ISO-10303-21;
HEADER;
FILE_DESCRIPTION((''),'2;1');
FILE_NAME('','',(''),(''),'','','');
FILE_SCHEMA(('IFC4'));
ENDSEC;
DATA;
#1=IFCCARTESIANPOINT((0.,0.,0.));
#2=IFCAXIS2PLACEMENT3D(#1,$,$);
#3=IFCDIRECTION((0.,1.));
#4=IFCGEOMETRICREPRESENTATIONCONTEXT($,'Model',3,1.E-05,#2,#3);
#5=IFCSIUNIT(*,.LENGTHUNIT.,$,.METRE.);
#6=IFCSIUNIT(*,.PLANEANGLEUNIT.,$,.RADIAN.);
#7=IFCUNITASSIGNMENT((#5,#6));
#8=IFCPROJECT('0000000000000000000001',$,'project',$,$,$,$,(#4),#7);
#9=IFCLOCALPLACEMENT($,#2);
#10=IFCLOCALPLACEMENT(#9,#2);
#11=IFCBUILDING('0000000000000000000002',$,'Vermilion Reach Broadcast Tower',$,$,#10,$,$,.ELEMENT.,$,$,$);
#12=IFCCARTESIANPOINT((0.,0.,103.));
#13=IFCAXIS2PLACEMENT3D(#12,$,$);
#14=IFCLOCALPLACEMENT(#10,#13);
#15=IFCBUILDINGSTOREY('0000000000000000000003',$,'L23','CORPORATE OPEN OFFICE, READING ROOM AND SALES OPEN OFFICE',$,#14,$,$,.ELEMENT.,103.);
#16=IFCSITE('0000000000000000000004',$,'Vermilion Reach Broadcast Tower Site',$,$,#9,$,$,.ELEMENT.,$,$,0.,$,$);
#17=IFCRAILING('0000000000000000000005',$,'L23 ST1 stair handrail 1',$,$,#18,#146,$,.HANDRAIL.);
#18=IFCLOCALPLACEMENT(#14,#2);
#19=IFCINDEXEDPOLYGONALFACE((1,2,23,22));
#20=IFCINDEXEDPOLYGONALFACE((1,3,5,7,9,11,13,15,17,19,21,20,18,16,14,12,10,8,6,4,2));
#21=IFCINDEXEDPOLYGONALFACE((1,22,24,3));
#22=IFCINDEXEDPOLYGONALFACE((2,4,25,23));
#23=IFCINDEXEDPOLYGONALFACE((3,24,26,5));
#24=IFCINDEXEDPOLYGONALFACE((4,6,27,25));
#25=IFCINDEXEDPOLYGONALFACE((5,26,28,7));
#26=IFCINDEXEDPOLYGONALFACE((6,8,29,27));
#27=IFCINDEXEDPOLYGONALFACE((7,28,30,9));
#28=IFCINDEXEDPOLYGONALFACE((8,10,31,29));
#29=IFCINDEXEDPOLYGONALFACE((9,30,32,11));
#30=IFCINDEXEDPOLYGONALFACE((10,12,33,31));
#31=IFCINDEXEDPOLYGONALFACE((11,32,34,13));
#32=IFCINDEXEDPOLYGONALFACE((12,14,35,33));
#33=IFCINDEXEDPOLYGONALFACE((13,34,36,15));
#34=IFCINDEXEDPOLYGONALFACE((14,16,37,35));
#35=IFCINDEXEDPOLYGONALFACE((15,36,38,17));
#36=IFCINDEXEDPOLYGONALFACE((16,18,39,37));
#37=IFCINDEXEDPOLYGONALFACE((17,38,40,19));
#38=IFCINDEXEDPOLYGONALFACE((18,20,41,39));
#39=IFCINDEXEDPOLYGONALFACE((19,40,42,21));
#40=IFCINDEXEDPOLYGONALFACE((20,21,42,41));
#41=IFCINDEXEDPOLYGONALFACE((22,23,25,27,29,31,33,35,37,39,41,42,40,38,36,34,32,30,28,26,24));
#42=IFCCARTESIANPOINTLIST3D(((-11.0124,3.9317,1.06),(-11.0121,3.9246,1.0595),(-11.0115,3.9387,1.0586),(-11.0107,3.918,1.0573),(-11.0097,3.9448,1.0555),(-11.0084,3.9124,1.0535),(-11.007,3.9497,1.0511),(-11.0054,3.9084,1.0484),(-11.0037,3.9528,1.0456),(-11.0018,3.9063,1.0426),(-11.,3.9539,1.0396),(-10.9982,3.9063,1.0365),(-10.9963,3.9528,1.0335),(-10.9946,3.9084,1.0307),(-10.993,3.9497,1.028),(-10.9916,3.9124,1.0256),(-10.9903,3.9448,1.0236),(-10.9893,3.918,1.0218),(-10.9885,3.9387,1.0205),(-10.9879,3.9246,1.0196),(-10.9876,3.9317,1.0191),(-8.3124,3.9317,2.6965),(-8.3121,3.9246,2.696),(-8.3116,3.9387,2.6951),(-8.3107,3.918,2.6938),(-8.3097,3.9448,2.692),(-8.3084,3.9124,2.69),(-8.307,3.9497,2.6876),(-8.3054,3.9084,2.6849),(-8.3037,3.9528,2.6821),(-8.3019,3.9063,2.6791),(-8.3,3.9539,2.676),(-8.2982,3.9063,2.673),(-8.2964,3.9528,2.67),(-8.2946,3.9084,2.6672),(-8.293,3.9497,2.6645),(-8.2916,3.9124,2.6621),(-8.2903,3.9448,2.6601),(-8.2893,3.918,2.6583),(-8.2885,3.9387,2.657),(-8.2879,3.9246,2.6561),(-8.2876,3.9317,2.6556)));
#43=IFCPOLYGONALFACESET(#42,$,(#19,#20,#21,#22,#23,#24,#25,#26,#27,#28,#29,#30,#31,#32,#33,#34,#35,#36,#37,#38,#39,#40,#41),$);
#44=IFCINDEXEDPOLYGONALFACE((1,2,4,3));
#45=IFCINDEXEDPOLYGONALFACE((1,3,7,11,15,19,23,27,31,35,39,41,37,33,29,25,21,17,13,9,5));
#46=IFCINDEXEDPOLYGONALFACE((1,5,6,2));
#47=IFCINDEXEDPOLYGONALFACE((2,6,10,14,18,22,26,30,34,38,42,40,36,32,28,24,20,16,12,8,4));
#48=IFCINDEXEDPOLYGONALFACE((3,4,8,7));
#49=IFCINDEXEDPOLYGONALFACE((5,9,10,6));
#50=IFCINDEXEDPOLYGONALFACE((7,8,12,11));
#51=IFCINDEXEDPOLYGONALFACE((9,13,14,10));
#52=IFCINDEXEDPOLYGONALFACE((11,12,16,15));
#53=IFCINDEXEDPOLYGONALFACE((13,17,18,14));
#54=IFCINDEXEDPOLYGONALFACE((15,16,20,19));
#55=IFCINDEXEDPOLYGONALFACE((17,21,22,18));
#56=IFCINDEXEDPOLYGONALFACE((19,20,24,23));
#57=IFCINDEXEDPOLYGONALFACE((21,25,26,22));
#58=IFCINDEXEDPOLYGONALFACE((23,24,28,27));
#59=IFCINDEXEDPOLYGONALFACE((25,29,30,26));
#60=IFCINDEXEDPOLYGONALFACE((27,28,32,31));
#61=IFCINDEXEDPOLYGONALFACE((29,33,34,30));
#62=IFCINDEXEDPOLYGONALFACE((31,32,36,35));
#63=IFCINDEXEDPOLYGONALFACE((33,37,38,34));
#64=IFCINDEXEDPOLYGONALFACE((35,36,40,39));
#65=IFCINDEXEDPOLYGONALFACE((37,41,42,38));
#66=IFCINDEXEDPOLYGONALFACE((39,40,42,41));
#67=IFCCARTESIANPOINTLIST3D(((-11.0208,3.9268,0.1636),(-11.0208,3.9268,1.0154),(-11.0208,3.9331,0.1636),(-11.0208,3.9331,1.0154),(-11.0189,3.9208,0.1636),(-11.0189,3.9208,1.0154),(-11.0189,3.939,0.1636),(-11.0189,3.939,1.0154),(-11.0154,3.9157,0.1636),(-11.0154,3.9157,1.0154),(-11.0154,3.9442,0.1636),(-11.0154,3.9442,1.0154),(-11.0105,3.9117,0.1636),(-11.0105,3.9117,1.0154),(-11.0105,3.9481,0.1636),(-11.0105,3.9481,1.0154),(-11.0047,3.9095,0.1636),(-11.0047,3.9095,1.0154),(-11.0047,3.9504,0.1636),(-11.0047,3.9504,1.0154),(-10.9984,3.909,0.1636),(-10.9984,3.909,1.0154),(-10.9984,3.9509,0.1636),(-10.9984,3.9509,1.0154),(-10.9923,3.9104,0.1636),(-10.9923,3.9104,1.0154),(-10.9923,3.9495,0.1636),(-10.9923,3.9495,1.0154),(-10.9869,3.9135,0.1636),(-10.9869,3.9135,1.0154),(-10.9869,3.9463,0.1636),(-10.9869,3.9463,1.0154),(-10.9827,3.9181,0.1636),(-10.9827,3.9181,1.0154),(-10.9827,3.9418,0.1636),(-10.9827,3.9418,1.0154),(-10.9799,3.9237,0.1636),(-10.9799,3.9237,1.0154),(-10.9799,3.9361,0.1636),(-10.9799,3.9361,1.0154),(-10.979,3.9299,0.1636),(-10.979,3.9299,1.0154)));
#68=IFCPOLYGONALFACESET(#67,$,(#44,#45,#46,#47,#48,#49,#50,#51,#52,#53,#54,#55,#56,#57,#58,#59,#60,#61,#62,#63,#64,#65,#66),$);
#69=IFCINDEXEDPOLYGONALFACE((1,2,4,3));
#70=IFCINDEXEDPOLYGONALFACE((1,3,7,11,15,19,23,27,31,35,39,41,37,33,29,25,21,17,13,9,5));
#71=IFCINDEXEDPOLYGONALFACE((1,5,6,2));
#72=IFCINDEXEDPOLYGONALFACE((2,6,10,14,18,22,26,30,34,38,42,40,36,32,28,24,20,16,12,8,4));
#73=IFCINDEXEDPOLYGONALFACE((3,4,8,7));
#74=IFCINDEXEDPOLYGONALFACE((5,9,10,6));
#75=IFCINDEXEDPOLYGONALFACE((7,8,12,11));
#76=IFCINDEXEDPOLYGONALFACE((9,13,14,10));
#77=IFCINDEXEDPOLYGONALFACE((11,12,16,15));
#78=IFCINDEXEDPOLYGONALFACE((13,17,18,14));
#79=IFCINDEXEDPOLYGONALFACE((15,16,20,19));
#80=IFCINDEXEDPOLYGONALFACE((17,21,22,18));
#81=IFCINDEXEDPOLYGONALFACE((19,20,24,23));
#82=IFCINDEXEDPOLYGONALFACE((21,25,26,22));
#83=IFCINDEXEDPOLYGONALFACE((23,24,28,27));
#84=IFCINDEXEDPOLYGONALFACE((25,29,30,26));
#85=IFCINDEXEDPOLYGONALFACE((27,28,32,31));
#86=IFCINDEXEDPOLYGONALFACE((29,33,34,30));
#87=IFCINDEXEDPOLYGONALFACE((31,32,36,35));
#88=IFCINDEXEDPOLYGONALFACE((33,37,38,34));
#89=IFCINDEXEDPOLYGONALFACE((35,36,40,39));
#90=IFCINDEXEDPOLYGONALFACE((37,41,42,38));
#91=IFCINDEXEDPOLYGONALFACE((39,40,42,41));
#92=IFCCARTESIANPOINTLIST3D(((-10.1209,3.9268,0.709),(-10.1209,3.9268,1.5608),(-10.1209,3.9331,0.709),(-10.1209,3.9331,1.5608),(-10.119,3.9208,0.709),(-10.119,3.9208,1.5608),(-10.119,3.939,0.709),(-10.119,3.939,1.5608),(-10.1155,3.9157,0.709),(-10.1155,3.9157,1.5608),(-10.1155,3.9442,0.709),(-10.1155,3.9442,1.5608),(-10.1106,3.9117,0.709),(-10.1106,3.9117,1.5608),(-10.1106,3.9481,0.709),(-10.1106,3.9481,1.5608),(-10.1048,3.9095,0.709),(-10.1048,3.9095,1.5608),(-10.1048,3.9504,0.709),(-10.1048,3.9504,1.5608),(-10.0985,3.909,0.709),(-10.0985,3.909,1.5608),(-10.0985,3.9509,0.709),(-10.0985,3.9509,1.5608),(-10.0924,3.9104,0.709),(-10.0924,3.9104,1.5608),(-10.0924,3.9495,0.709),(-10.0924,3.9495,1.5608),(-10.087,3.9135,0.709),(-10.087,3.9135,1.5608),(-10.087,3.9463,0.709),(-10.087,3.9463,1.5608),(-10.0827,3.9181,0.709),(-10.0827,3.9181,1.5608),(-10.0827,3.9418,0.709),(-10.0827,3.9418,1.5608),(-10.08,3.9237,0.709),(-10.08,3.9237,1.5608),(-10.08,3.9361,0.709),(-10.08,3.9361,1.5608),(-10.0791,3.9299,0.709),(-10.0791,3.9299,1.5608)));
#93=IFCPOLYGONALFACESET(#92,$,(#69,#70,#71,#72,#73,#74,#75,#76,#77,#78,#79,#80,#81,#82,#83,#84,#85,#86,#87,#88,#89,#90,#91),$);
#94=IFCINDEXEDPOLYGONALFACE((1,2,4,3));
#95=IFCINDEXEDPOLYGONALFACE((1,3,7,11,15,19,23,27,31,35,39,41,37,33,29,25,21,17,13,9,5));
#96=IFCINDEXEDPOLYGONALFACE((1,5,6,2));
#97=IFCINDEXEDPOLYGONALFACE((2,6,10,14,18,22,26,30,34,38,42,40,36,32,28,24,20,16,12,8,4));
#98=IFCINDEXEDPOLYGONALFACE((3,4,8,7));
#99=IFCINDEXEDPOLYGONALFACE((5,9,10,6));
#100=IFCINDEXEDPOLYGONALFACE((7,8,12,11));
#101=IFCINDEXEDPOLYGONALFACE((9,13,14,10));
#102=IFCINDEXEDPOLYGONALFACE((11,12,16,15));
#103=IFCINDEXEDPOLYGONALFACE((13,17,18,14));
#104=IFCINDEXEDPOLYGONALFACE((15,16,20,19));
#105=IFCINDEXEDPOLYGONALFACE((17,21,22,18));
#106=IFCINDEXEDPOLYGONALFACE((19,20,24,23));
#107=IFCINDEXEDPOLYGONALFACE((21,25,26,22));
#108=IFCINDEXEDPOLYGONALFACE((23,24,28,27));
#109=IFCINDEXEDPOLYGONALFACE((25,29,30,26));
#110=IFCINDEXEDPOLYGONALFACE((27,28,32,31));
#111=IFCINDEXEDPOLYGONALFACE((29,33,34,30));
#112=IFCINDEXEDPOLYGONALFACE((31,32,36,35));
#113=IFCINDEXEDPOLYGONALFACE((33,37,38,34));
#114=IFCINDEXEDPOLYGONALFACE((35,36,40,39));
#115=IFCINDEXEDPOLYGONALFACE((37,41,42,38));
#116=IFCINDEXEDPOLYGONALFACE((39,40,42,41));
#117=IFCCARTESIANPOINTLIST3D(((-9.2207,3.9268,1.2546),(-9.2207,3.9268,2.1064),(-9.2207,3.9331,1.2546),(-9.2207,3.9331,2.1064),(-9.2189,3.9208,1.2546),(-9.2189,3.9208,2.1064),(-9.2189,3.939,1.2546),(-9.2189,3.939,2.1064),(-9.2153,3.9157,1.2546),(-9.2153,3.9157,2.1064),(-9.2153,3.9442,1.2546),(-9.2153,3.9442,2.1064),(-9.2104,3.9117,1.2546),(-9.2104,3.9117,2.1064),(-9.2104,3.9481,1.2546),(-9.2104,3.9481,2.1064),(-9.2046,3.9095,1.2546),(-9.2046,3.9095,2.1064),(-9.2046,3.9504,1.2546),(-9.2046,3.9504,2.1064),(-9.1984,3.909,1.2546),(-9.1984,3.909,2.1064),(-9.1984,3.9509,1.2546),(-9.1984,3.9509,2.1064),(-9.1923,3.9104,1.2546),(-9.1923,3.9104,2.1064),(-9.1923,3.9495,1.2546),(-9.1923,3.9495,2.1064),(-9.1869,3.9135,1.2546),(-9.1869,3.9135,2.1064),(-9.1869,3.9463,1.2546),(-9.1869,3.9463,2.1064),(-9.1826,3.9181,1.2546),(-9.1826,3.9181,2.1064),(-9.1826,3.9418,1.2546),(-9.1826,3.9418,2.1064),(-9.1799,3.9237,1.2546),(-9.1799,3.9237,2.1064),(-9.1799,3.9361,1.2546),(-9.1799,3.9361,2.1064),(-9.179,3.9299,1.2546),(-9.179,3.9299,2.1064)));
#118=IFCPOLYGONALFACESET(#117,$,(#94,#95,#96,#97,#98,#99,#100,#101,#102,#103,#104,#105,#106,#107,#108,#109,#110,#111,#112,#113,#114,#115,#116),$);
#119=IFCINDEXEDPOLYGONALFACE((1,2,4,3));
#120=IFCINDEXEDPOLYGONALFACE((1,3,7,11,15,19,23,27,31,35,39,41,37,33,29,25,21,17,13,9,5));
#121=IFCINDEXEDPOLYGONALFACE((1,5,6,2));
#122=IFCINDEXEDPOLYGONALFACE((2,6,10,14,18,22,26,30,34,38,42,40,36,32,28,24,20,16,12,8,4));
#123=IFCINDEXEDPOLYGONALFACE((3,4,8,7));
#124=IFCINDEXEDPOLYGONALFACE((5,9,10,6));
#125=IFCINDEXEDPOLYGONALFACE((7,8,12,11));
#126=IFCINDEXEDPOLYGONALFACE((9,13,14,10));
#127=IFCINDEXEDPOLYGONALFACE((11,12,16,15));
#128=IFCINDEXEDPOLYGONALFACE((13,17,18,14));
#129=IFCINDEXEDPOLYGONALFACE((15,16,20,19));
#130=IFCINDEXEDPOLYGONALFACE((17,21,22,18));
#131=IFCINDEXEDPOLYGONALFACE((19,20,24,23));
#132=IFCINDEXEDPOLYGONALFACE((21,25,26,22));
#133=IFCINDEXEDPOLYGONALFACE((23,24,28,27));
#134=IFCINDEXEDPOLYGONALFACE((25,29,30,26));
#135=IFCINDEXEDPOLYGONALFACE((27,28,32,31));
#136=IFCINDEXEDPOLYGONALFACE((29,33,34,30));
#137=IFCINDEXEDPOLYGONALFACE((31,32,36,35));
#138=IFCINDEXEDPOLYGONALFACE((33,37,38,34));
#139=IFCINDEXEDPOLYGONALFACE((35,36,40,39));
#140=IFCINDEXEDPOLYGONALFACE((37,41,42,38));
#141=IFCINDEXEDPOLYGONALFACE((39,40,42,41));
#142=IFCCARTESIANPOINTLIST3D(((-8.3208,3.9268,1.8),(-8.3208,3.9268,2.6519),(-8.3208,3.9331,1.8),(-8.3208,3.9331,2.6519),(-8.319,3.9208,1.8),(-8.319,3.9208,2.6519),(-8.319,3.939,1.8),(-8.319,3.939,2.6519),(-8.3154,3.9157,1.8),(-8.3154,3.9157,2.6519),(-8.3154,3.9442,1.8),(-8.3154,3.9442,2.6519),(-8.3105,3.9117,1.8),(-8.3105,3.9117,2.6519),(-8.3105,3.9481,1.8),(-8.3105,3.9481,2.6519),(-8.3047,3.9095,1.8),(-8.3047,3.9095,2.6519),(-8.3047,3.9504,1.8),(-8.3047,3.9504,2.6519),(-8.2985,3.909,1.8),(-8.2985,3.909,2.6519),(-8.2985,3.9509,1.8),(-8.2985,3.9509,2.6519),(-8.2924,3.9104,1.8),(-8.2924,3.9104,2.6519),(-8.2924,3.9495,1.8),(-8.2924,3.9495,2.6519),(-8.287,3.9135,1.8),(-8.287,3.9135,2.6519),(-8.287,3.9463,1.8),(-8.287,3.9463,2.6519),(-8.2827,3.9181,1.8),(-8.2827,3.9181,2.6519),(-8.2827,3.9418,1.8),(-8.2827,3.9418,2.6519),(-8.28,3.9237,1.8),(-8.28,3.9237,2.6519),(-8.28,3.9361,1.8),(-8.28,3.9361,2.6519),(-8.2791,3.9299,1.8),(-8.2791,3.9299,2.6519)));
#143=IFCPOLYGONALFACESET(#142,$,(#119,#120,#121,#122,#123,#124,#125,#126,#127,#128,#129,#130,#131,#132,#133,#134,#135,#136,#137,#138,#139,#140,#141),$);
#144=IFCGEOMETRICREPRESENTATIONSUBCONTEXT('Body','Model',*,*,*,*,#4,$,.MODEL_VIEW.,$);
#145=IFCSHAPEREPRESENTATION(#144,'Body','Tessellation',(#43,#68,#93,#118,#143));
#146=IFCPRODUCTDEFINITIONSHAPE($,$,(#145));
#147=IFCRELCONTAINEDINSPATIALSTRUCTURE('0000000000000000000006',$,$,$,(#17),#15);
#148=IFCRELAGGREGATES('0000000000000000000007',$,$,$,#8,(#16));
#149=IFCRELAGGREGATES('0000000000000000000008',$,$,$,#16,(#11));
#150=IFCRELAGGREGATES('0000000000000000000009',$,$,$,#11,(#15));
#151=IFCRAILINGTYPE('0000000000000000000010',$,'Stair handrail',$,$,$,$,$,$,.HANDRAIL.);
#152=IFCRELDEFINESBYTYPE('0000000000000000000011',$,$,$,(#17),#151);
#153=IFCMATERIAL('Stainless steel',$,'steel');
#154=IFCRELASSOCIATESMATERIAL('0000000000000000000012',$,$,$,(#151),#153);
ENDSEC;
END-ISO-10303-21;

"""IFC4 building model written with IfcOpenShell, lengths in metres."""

from ifc_helpers import new_model, si_unit, direction, frame, origin, origin_2d, place, context, subcontext, project, spatial, circle, extrude, material, type_object, element, save


model = new_model("IFC4")

# Units and contexts
model_context = context("Model", 3, precision=1e-05, world=origin(), true_north=direction((0.0, 1.0)))
body_context = subcontext(model_context, "Body", "Model", "MODEL_VIEW")
ifc_project = project(units=[si_unit("LENGTHUNIT", "METRE"), si_unit("PLANEANGLEUNIT", "RADIAN")], contexts=[model_context])

# Site, building, storey
site_placement = place(None, origin())
site = spatial("IfcSite", under=ifc_project, at=site_placement, Name="Vermilion Reach Broadcast Tower Site", CompositionType="ELEMENT", RefElevation=0.0)
building_placement = place(site_placement, origin())
building = spatial("IfcBuilding", under=site, at=building_placement, Name="Vermilion Reach Broadcast Tower", CompositionType="ELEMENT")
storey_placement = place(building_placement, frame((0.0, 0.0, 103.0)))
storey = spatial("IfcBuildingStorey", under=building, at=storey_placement, Name="L23", Description="CORPORATE OPEN OFFICE, READING ROOM AND SALES OPEN OFFICE", CompositionType="ELEMENT", Elevation=103.0)

# Railing
ifc_material_1 = material(Name="Stainless steel", Category="steel")
railing_type_1 = type_object("IfcRailingType", Name="Stair handrail", PredefinedType="HANDRAIL", material=ifc_material_1)
railing_1_placement = place(storey_placement, frame((-11.0, 3.9299, 0.1636)))
element("IfcRailing", 1, at=railing_1_placement, inside=storey, type_object=railing_type_1, Name="L23 ST1 stair handrail 1", PredefinedType="HANDRAIL", context=body_context, shape_type="SweptSolid", body=[
    extrude(circle(Radius=0.0239, at=origin_2d()), frame((0.0, 0.0, 0.876), z_axis=(0.855178, 0.0, 0.518334), x_axis=(0.0, 1.0, 0.0)), (0.0, 0.0, 1.0), 3.1572),
    extrude(circle(Radius=0.021, at=origin_2d()), origin(), (0.0, 0.0, 1.0), 0.8518),
    extrude(circle(Radius=0.021, at=origin_2d()), frame((0.8999, 0.0, 0.5454)), (0.0, 0.0, 1.0), 0.8518),
    extrude(circle(Radius=0.021, at=origin_2d()), frame((1.8, 0.0, 1.0911)), (0.0, 0.0, 1.0), 0.8518),
    extrude(circle(Radius=0.021, at=origin_2d()), frame((2.7, 0.0, 1.6365)), (0.0, 0.0, 1.0), 0.8518),
])

save(model, "model.ifc")
